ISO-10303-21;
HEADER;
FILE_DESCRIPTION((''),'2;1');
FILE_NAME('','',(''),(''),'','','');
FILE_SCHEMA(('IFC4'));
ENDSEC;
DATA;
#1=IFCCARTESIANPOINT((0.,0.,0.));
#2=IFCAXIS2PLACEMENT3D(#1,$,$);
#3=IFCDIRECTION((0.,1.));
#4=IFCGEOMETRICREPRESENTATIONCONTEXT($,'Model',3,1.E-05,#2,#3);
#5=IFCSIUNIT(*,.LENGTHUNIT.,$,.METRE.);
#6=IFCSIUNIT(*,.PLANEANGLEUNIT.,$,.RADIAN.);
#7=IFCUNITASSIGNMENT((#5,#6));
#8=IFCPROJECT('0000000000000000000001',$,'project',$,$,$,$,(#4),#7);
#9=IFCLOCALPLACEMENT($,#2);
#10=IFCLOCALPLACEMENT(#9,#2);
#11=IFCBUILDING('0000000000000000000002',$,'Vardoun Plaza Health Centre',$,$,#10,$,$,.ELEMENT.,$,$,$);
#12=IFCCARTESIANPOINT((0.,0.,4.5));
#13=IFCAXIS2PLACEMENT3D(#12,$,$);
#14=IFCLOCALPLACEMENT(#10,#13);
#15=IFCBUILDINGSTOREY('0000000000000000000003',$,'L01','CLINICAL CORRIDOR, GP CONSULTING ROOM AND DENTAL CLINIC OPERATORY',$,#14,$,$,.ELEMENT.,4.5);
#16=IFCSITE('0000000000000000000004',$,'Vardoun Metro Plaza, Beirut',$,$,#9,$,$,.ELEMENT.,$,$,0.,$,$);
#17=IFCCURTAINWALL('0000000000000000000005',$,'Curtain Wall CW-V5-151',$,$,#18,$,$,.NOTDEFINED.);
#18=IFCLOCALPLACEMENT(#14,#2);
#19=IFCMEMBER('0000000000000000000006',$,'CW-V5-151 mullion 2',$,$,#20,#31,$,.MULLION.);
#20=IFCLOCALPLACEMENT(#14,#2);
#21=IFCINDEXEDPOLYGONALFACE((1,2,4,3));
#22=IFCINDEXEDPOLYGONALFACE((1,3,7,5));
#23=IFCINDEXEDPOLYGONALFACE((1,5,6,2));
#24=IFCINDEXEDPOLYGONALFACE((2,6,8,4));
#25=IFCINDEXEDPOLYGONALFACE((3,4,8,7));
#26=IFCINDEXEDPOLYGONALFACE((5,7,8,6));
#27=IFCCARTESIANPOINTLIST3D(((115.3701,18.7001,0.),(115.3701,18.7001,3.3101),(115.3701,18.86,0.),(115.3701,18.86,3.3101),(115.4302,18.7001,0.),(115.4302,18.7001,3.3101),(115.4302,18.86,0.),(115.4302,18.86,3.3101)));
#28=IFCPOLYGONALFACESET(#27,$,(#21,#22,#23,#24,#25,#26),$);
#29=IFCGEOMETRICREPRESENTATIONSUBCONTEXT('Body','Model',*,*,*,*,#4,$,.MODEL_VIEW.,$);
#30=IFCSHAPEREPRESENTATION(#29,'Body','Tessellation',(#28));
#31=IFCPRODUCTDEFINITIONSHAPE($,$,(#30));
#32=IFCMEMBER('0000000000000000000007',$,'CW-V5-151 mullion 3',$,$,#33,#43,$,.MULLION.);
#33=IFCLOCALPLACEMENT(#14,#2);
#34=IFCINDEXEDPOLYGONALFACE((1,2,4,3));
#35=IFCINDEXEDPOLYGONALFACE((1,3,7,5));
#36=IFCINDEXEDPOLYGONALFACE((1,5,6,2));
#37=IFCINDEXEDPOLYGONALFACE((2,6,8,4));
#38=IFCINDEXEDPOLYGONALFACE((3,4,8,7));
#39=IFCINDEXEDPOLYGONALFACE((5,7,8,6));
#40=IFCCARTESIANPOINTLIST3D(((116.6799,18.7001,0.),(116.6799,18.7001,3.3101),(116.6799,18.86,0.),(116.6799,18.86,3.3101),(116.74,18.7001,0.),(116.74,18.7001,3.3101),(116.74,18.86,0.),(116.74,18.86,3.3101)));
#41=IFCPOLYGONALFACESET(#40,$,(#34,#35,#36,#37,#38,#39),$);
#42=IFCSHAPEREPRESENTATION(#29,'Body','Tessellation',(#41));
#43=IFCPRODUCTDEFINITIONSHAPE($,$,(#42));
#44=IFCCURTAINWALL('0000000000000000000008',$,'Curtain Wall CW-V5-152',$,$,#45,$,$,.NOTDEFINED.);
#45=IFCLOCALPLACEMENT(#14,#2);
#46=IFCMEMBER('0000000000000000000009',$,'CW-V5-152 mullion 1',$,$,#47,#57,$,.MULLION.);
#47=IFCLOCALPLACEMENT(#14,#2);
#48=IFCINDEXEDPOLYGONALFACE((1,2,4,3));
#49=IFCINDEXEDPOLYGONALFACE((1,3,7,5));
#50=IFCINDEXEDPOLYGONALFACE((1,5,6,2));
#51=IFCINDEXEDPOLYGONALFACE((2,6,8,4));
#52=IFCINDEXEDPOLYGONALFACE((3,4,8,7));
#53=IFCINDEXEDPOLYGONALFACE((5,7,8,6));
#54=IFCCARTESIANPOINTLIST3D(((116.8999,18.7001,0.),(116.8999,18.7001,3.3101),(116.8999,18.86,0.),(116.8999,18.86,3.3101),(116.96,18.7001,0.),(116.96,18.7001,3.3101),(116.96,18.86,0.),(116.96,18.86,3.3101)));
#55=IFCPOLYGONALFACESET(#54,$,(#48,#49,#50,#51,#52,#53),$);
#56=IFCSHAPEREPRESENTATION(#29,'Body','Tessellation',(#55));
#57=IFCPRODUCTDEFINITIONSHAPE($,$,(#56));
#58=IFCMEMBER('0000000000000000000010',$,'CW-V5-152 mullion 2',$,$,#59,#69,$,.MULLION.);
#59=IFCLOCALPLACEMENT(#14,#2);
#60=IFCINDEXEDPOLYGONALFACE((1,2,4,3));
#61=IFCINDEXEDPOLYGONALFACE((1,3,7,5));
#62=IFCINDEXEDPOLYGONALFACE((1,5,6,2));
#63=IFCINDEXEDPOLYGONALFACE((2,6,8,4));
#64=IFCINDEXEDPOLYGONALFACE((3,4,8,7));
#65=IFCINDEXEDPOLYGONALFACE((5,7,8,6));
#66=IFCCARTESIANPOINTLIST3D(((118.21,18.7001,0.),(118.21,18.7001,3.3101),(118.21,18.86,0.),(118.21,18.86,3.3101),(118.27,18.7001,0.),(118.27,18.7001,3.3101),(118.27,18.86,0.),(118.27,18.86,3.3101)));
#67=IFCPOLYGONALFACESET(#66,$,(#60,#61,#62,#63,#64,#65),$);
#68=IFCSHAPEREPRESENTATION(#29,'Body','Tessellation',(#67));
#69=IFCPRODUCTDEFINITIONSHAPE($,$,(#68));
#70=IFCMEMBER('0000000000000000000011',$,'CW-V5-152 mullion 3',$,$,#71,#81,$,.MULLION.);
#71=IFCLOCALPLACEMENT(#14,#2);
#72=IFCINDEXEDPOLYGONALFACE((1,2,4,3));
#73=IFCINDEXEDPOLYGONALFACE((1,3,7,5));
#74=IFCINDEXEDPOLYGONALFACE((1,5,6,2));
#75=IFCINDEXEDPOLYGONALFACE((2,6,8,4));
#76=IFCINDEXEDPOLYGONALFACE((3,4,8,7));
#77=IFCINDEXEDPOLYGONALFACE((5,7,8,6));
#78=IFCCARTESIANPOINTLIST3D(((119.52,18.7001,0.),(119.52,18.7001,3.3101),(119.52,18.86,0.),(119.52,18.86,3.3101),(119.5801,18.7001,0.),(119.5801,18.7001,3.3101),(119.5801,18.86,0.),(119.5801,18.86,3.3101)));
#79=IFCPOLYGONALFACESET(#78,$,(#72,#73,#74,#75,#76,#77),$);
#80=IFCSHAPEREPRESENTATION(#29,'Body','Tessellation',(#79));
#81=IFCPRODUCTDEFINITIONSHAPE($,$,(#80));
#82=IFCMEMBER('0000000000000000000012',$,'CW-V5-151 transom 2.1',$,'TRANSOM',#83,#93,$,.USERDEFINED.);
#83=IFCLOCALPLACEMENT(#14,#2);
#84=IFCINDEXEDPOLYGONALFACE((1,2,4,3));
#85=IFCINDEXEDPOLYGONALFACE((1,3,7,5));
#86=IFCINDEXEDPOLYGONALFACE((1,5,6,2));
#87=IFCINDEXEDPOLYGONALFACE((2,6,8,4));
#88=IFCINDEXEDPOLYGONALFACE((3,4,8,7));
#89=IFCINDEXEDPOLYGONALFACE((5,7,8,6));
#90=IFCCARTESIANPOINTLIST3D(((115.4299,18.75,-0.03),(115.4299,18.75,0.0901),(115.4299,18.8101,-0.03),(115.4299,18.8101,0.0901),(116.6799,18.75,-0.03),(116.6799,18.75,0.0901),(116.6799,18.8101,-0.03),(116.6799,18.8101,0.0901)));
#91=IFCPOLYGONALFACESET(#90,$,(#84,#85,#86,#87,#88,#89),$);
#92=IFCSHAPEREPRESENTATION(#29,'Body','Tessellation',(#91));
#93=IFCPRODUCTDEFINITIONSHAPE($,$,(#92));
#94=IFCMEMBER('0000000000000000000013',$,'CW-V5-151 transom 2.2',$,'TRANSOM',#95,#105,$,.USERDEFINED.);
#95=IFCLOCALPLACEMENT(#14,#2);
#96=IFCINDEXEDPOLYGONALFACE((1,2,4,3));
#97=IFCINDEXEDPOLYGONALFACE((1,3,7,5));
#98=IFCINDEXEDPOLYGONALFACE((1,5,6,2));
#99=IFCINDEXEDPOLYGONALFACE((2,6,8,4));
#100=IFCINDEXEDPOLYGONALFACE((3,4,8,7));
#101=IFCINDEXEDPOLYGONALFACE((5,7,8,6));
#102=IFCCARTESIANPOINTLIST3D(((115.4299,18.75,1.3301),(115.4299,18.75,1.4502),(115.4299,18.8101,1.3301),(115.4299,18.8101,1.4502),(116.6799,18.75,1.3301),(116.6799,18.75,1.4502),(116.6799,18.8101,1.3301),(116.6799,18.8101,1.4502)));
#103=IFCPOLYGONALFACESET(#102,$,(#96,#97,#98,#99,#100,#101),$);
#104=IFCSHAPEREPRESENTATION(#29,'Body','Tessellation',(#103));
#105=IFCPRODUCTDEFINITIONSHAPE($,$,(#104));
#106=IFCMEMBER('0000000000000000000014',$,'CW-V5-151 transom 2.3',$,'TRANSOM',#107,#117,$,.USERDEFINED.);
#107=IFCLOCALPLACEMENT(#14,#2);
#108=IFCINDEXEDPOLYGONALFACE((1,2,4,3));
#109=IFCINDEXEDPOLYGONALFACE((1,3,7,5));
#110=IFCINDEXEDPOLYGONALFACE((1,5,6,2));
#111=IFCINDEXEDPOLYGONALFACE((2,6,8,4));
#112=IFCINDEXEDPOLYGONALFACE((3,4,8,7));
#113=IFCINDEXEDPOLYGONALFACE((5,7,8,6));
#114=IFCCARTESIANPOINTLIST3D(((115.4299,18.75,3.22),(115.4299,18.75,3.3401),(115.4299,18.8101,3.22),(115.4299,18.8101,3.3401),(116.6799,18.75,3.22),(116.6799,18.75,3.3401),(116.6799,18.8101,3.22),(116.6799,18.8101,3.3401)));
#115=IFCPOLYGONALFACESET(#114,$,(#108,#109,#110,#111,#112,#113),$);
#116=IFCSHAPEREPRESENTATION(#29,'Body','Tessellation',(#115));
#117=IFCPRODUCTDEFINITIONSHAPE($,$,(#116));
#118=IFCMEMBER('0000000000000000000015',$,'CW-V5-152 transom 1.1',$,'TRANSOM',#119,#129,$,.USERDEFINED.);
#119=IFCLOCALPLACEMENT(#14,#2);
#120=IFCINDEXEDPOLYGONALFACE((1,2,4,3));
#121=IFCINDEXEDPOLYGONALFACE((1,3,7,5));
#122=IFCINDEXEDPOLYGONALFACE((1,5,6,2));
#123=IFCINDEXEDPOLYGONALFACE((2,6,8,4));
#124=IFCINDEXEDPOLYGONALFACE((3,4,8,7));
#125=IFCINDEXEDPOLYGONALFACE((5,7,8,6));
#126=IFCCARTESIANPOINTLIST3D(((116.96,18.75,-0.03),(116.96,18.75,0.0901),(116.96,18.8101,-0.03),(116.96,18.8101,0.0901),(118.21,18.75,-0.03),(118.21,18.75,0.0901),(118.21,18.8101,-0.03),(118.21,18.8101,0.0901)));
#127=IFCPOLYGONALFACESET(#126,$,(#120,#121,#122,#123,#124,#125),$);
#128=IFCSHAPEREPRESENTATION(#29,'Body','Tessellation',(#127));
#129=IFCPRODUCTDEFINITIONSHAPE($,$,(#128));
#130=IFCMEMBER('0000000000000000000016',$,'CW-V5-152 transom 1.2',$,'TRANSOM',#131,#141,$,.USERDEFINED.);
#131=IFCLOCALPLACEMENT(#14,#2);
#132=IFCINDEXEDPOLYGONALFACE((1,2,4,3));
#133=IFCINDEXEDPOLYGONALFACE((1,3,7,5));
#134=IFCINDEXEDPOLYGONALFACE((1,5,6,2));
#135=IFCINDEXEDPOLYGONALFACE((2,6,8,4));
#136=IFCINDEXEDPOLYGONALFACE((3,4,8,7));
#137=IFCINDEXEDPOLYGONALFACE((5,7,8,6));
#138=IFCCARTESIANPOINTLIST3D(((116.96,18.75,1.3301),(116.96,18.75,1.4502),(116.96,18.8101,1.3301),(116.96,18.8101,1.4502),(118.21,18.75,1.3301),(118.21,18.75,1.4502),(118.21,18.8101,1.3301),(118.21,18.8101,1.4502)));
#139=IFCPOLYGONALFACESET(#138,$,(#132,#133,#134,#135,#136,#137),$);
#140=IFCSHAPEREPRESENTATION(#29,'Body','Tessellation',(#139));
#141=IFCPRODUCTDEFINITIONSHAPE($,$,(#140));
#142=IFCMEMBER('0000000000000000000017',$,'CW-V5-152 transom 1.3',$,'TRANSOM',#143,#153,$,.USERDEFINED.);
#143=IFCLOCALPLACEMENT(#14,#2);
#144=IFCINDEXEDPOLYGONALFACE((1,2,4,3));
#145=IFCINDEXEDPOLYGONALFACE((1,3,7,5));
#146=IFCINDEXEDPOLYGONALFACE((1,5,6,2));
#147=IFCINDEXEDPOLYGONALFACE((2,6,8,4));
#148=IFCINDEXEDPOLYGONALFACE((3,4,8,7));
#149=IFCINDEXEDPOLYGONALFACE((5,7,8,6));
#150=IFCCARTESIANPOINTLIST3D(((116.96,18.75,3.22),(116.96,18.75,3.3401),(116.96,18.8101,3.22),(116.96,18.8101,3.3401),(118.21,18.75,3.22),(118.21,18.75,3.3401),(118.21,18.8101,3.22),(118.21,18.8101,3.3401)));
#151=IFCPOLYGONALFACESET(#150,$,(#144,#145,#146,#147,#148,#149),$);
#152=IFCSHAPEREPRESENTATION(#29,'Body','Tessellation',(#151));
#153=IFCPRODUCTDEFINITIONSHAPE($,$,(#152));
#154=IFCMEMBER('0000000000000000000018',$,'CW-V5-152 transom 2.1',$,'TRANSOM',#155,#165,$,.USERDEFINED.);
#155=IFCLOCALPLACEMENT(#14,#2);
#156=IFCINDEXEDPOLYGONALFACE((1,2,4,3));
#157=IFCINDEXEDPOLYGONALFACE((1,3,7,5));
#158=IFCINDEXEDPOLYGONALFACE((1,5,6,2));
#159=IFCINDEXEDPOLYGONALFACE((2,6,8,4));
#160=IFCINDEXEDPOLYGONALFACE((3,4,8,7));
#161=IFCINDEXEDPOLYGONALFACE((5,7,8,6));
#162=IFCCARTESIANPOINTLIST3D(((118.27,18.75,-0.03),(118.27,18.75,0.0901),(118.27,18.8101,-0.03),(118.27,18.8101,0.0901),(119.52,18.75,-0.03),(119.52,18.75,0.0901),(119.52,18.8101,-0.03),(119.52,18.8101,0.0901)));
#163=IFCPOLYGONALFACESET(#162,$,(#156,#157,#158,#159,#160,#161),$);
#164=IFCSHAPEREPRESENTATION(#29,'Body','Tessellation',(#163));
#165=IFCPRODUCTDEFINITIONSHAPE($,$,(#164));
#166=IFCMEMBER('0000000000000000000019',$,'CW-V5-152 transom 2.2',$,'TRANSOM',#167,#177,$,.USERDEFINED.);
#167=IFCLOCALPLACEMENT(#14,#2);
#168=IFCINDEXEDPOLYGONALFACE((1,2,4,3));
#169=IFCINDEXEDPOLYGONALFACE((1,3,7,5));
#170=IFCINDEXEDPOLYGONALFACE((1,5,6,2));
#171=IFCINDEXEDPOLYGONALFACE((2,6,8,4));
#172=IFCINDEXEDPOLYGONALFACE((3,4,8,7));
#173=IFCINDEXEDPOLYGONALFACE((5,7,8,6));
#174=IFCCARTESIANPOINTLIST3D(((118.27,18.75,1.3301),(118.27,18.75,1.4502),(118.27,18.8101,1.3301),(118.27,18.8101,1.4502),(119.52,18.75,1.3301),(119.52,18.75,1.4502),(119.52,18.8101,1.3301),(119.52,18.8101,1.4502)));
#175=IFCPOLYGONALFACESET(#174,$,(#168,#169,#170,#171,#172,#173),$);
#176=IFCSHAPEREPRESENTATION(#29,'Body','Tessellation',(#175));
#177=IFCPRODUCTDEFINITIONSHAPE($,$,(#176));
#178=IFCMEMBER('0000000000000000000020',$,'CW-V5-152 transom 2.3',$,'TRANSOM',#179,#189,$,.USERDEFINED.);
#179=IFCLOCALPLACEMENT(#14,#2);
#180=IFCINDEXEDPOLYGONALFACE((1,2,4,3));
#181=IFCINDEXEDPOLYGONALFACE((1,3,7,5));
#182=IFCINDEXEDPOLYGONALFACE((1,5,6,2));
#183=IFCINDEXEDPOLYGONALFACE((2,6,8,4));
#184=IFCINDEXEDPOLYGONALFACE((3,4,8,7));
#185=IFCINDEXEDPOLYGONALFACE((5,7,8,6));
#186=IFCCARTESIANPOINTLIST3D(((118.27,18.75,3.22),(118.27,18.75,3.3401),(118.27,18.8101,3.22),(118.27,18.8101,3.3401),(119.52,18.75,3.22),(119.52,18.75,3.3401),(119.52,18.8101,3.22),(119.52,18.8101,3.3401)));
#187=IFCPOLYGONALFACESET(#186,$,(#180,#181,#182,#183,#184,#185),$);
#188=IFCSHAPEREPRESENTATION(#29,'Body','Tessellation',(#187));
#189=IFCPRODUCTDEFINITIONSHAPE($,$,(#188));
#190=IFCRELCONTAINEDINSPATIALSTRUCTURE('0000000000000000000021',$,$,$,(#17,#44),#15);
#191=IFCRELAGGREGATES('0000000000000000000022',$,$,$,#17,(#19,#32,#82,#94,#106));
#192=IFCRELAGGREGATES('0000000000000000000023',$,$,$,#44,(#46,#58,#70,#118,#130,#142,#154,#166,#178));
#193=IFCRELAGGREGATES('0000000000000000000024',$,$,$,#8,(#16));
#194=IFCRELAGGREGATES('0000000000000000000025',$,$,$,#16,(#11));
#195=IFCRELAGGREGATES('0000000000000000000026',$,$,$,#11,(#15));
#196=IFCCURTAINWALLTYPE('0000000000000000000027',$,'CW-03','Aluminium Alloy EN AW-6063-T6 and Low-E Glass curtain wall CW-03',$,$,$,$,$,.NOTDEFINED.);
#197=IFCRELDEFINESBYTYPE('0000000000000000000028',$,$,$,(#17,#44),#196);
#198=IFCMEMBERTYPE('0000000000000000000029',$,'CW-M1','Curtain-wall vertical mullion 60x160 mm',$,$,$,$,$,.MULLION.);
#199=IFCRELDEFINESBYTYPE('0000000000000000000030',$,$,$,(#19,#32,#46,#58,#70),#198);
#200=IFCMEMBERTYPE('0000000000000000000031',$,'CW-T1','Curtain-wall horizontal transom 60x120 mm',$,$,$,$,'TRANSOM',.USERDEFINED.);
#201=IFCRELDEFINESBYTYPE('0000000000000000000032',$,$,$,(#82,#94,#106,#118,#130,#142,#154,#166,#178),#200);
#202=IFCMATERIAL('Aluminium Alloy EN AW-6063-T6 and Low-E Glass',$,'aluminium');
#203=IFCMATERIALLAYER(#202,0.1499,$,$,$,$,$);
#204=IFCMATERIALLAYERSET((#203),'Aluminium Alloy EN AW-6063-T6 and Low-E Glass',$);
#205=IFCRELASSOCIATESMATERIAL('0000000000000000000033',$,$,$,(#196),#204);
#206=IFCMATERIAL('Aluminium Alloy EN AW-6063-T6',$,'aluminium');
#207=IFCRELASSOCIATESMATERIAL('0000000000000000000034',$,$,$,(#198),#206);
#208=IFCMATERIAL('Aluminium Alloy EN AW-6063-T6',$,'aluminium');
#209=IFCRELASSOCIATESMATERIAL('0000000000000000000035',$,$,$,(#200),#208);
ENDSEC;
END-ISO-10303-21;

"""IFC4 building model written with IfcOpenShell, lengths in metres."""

from ifc_helpers import new_model, si_unit, direction, frame, origin, origin_2d, place, context, subcontext, project, spatial, rectangle, extrude, material, layer, layer_set, material_profile, profile_set, type_object, element, aggregate, save


model = new_model("IFC4")

# Units and contexts
model_context = context("Model", 3, precision=1e-05, world=origin(), true_north=direction((0.0, 1.0)))
body_context = subcontext(model_context, "Body", "Model", "MODEL_VIEW")
ifc_project = project(units=[si_unit("LENGTHUNIT", "METRE"), si_unit("PLANEANGLEUNIT", "RADIAN")], contexts=[model_context])

# Site, building, storey
site_placement = place(None, origin())
site = spatial("IfcSite", under=ifc_project, at=site_placement, Name="Vardoun Metro Plaza, Beirut", CompositionType="ELEMENT", RefElevation=0.0)
building_placement = place(site_placement, origin())
building = spatial("IfcBuilding", under=site, at=building_placement, Name="Vardoun Plaza Health Centre", CompositionType="ELEMENT")
storey_placement = place(building_placement, frame((0.0, 0.0, 4.5)))
storey = spatial("IfcBuildingStorey", under=building, at=storey_placement, Name="L01", Description="CLINICAL CORRIDOR, GP CONSULTING ROOM AND DENTAL CLINIC OPERATORY", CompositionType="ELEMENT", Elevation=4.5)

# Curtain walls, members
ifc_material_1 = material(Name="Aluminium Alloy EN AW-6063-T6 and Low-E Glass", Category="aluminium")
ifc_layer_1 = layer(ifc_material_1, 0.1499)
ifc_layer_set_1 = layer_set([ifc_layer_1], Name="Aluminium Alloy EN AW-6063-T6 and Low-E Glass")
curtain_wall_type = type_object("IfcCurtainWallType", Name="CW-03", Description="Aluminium Alloy EN AW-6063-T6 and Low-E Glass curtain wall CW-03", PredefinedType="NOTDEFINED", material=ifc_layer_set_1)
curtain_wall_1_placement = place(storey_placement, origin())
curtain_wall_1 = element("IfcCurtainWall", 1, at=curtain_wall_1_placement, inside=storey, type_object=curtain_wall_type, Name="Curtain Wall CW-V5-151", PredefinedType="NOTDEFINED")
ifc_material_2 = material(Name="Aluminium Alloy EN AW-6063-T6", Category="aluminium")
ifc_material_profile_1 = material_profile(ifc_material_2, rectangle(XDim=0.1599, YDim=0.0601, at=origin_2d()), Name="CWM 60x160")
ifc_profile_set_1 = profile_set([ifc_material_profile_1], Name="Aluminium Alloy EN AW-6063-T6")
member_type_1 = type_object("IfcMemberType", Name="CW-M1", Description="Curtain-wall vertical mullion 60x160 mm", PredefinedType="MULLION", material=ifc_profile_set_1)
member_1_placement = place(storey_placement, frame((115.4001, 18.78, 0.0), z_axis=(0.0, 0.0, 1.0), x_axis=(0.0, 1.0, 0.0)))
member_1 = element("IfcMember", 2, at=member_1_placement, type_object=member_type_1, Name="CW-V5-151 mullion 2", PredefinedType="MULLION", context=body_context, shape_type="SweptSolid", body=[
    extrude(rectangle(XDim=0.1599, YDim=0.0601, at=origin_2d()), origin(), (0.0, 0.0, 1.0), 3.3101),
])
member_2_placement = place(storey_placement, frame((116.71, 18.78, 0.0), z_axis=(0.0, 0.0, 1.0), x_axis=(0.0, 1.0, 0.0)))
member_2 = element("IfcMember", 3, at=member_2_placement, type_object=member_type_1, Name="CW-V5-151 mullion 3", PredefinedType="MULLION", context=body_context, shape_type="SweptSolid", body=[
    extrude(rectangle(XDim=0.1599, YDim=0.0601, at=origin_2d()), origin(), (0.0, 0.0, 1.0), 3.3101),
])
curtain_wall_2_placement = place(storey_placement, origin())
curtain_wall_2 = element("IfcCurtainWall", 4, at=curtain_wall_2_placement, inside=storey, type_object=curtain_wall_type, Name="Curtain Wall CW-V5-152", PredefinedType="NOTDEFINED")
member_3_placement = place(storey_placement, frame((116.9299, 18.78, 0.0), z_axis=(0.0, 0.0, 1.0), x_axis=(0.0, 1.0, 0.0)))
member_3 = element("IfcMember", 5, at=member_3_placement, type_object=member_type_1, Name="CW-V5-152 mullion 1", PredefinedType="MULLION", context=body_context, shape_type="SweptSolid", body=[
    extrude(rectangle(XDim=0.1599, YDim=0.0601, at=origin_2d()), origin(), (0.0, 0.0, 1.0), 3.3101),
])
member_4_placement = place(storey_placement, frame((118.24, 18.78, 0.0), z_axis=(0.0, 0.0, 1.0), x_axis=(0.0, 1.0, 0.0)))
member_4 = element("IfcMember", 6, at=member_4_placement, type_object=member_type_1, Name="CW-V5-152 mullion 2", PredefinedType="MULLION", context=body_context, shape_type="SweptSolid", body=[
    extrude(rectangle(XDim=0.1599, YDim=0.0601, at=origin_2d()), origin(), (0.0, 0.0, 1.0), 3.3101),
])
member_5_placement = place(storey_placement, frame((119.55, 18.78, 0.0), z_axis=(0.0, 0.0, 1.0), x_axis=(0.0, 1.0, 0.0)))
member_5 = element("IfcMember", 7, at=member_5_placement, type_object=member_type_1, Name="CW-V5-152 mullion 3", PredefinedType="MULLION", context=body_context, shape_type="SweptSolid", body=[
    extrude(rectangle(XDim=0.1599, YDim=0.0601, at=origin_2d()), origin(), (0.0, 0.0, 1.0), 3.3101),
])

# Members
ifc_material_3 = material(Name="Aluminium Alloy EN AW-6063-T6", Category="aluminium")
ifc_material_profile_2 = material_profile(ifc_material_3, rectangle(XDim=0.0601, YDim=0.1201, at=origin_2d()), Name="CWT 60x120")
ifc_profile_set_2 = profile_set([ifc_material_profile_2], Name="Aluminium Alloy EN AW-6063-T6")
member_type_2 = type_object("IfcMemberType", Name="CW-T1", Description="Curtain-wall horizontal transom 60x120 mm", ElementType="TRANSOM", PredefinedType="USERDEFINED", material=ifc_profile_set_2)
member_6_placement = place(storey_placement, frame((115.4299, 18.78, 0.03), z_axis=(1.0, 0.0, 0.0), x_axis=(0.0, 1.0, 0.0)))
member_6 = element("IfcMember", 8, at=member_6_placement, type_object=member_type_2, Name="CW-V5-151 transom 2.1", ObjectType="TRANSOM", PredefinedType="USERDEFINED", context=body_context, shape_type="SweptSolid", body=[
    extrude(rectangle(XDim=0.0601, YDim=0.1201, at=origin_2d()), origin(), (0.0, 0.0, 1.0), 1.25),
])
member_7_placement = place(storey_placement, frame((115.4299, 18.78, 1.3901), z_axis=(1.0, 0.0, 0.0), x_axis=(0.0, 1.0, 0.0)))
member_7 = element("IfcMember", 9, at=member_7_placement, type_object=member_type_2, Name="CW-V5-151 transom 2.2", ObjectType="TRANSOM", PredefinedType="USERDEFINED", context=body_context, shape_type="SweptSolid", body=[
    extrude(rectangle(XDim=0.0601, YDim=0.1201, at=origin_2d()), origin(), (0.0, 0.0, 1.0), 1.25),
])
member_8_placement = place(storey_placement, frame((115.4299, 18.78, 3.28), z_axis=(1.0, 0.0, 0.0), x_axis=(0.0, 1.0, 0.0)))
member_8 = element("IfcMember", 10, at=member_8_placement, type_object=member_type_2, Name="CW-V5-151 transom 2.3", ObjectType="TRANSOM", PredefinedType="USERDEFINED", context=body_context, shape_type="SweptSolid", body=[
    extrude(rectangle(XDim=0.0601, YDim=0.1201, at=origin_2d()), origin(), (0.0, 0.0, 1.0), 1.25),
])
member_9_placement = place(storey_placement, frame((116.96, 18.78, 0.03), z_axis=(1.0, 0.0, 0.0), x_axis=(0.0, 1.0, 0.0)))
member_9 = element("IfcMember", 11, at=member_9_placement, type_object=member_type_2, Name="CW-V5-152 transom 1.1", ObjectType="TRANSOM", PredefinedType="USERDEFINED", context=body_context, shape_type="SweptSolid", body=[
    extrude(rectangle(XDim=0.0601, YDim=0.1201, at=origin_2d()), origin(), (0.0, 0.0, 1.0), 1.25),
])
member_10_placement = place(storey_placement, frame((116.96, 18.78, 1.3901), z_axis=(1.0, 0.0, 0.0), x_axis=(0.0, 1.0, 0.0)))
member_10 = element("IfcMember", 12, at=member_10_placement, type_object=member_type_2, Name="CW-V5-152 transom 1.2", ObjectType="TRANSOM", PredefinedType="USERDEFINED", context=body_context, shape_type="SweptSolid", body=[
    extrude(rectangle(XDim=0.0601, YDim=0.1201, at=origin_2d()), origin(), (0.0, 0.0, 1.0), 1.25),
])
member_11_placement = place(storey_placement, frame((116.96, 18.78, 3.28), z_axis=(1.0, 0.0, 0.0), x_axis=(0.0, 1.0, 0.0)))
member_11 = element("IfcMember", 13, at=member_11_placement, type_object=member_type_2, Name="CW-V5-152 transom 1.3", ObjectType="TRANSOM", PredefinedType="USERDEFINED", context=body_context, shape_type="SweptSolid", body=[
    extrude(rectangle(XDim=0.0601, YDim=0.1201, at=origin_2d()), origin(), (0.0, 0.0, 1.0), 1.25),
])
member_12_placement = place(storey_placement, frame((118.27, 18.78, 0.03), z_axis=(1.0, 0.0, 0.0), x_axis=(0.0, 1.0, 0.0)))
member_12 = element("IfcMember", 14, at=member_12_placement, type_object=member_type_2, Name="CW-V5-152 transom 2.1", ObjectType="TRANSOM", PredefinedType="USERDEFINED", context=body_context, shape_type="SweptSolid", body=[
    extrude(rectangle(XDim=0.0601, YDim=0.1201, at=origin_2d()), origin(), (0.0, 0.0, 1.0), 1.25),
])
member_13_placement = place(storey_placement, frame((118.27, 18.78, 1.3901), z_axis=(1.0, 0.0, 0.0), x_axis=(0.0, 1.0, 0.0)))
member_13 = element("IfcMember", 15, at=member_13_placement, type_object=member_type_2, Name="CW-V5-152 transom 2.2", ObjectType="TRANSOM", PredefinedType="USERDEFINED", context=body_context, shape_type="SweptSolid", body=[
    extrude(rectangle(XDim=0.0601, YDim=0.1201, at=origin_2d()), origin(), (0.0, 0.0, 1.0), 1.25),
])
member_14_placement = place(storey_placement, frame((118.27, 18.78, 3.28), z_axis=(1.0, 0.0, 0.0), x_axis=(0.0, 1.0, 0.0)))
member_14 = element("IfcMember", 16, at=member_14_placement, type_object=member_type_2, Name="CW-V5-152 transom 2.3", ObjectType="TRANSOM", PredefinedType="USERDEFINED", context=body_context, shape_type="SweptSolid", body=[
    extrude(rectangle(XDim=0.0601, YDim=0.1201, at=origin_2d()), origin(), (0.0, 0.0, 1.0), 1.25),
])

aggregate(curtain_wall_1, [member_1, member_2, member_6, member_7, member_8])
aggregate(curtain_wall_2, [member_3, member_4, member_5, member_9, member_10, member_11, member_12, member_13, member_14])

save(model, "model.ifc")
